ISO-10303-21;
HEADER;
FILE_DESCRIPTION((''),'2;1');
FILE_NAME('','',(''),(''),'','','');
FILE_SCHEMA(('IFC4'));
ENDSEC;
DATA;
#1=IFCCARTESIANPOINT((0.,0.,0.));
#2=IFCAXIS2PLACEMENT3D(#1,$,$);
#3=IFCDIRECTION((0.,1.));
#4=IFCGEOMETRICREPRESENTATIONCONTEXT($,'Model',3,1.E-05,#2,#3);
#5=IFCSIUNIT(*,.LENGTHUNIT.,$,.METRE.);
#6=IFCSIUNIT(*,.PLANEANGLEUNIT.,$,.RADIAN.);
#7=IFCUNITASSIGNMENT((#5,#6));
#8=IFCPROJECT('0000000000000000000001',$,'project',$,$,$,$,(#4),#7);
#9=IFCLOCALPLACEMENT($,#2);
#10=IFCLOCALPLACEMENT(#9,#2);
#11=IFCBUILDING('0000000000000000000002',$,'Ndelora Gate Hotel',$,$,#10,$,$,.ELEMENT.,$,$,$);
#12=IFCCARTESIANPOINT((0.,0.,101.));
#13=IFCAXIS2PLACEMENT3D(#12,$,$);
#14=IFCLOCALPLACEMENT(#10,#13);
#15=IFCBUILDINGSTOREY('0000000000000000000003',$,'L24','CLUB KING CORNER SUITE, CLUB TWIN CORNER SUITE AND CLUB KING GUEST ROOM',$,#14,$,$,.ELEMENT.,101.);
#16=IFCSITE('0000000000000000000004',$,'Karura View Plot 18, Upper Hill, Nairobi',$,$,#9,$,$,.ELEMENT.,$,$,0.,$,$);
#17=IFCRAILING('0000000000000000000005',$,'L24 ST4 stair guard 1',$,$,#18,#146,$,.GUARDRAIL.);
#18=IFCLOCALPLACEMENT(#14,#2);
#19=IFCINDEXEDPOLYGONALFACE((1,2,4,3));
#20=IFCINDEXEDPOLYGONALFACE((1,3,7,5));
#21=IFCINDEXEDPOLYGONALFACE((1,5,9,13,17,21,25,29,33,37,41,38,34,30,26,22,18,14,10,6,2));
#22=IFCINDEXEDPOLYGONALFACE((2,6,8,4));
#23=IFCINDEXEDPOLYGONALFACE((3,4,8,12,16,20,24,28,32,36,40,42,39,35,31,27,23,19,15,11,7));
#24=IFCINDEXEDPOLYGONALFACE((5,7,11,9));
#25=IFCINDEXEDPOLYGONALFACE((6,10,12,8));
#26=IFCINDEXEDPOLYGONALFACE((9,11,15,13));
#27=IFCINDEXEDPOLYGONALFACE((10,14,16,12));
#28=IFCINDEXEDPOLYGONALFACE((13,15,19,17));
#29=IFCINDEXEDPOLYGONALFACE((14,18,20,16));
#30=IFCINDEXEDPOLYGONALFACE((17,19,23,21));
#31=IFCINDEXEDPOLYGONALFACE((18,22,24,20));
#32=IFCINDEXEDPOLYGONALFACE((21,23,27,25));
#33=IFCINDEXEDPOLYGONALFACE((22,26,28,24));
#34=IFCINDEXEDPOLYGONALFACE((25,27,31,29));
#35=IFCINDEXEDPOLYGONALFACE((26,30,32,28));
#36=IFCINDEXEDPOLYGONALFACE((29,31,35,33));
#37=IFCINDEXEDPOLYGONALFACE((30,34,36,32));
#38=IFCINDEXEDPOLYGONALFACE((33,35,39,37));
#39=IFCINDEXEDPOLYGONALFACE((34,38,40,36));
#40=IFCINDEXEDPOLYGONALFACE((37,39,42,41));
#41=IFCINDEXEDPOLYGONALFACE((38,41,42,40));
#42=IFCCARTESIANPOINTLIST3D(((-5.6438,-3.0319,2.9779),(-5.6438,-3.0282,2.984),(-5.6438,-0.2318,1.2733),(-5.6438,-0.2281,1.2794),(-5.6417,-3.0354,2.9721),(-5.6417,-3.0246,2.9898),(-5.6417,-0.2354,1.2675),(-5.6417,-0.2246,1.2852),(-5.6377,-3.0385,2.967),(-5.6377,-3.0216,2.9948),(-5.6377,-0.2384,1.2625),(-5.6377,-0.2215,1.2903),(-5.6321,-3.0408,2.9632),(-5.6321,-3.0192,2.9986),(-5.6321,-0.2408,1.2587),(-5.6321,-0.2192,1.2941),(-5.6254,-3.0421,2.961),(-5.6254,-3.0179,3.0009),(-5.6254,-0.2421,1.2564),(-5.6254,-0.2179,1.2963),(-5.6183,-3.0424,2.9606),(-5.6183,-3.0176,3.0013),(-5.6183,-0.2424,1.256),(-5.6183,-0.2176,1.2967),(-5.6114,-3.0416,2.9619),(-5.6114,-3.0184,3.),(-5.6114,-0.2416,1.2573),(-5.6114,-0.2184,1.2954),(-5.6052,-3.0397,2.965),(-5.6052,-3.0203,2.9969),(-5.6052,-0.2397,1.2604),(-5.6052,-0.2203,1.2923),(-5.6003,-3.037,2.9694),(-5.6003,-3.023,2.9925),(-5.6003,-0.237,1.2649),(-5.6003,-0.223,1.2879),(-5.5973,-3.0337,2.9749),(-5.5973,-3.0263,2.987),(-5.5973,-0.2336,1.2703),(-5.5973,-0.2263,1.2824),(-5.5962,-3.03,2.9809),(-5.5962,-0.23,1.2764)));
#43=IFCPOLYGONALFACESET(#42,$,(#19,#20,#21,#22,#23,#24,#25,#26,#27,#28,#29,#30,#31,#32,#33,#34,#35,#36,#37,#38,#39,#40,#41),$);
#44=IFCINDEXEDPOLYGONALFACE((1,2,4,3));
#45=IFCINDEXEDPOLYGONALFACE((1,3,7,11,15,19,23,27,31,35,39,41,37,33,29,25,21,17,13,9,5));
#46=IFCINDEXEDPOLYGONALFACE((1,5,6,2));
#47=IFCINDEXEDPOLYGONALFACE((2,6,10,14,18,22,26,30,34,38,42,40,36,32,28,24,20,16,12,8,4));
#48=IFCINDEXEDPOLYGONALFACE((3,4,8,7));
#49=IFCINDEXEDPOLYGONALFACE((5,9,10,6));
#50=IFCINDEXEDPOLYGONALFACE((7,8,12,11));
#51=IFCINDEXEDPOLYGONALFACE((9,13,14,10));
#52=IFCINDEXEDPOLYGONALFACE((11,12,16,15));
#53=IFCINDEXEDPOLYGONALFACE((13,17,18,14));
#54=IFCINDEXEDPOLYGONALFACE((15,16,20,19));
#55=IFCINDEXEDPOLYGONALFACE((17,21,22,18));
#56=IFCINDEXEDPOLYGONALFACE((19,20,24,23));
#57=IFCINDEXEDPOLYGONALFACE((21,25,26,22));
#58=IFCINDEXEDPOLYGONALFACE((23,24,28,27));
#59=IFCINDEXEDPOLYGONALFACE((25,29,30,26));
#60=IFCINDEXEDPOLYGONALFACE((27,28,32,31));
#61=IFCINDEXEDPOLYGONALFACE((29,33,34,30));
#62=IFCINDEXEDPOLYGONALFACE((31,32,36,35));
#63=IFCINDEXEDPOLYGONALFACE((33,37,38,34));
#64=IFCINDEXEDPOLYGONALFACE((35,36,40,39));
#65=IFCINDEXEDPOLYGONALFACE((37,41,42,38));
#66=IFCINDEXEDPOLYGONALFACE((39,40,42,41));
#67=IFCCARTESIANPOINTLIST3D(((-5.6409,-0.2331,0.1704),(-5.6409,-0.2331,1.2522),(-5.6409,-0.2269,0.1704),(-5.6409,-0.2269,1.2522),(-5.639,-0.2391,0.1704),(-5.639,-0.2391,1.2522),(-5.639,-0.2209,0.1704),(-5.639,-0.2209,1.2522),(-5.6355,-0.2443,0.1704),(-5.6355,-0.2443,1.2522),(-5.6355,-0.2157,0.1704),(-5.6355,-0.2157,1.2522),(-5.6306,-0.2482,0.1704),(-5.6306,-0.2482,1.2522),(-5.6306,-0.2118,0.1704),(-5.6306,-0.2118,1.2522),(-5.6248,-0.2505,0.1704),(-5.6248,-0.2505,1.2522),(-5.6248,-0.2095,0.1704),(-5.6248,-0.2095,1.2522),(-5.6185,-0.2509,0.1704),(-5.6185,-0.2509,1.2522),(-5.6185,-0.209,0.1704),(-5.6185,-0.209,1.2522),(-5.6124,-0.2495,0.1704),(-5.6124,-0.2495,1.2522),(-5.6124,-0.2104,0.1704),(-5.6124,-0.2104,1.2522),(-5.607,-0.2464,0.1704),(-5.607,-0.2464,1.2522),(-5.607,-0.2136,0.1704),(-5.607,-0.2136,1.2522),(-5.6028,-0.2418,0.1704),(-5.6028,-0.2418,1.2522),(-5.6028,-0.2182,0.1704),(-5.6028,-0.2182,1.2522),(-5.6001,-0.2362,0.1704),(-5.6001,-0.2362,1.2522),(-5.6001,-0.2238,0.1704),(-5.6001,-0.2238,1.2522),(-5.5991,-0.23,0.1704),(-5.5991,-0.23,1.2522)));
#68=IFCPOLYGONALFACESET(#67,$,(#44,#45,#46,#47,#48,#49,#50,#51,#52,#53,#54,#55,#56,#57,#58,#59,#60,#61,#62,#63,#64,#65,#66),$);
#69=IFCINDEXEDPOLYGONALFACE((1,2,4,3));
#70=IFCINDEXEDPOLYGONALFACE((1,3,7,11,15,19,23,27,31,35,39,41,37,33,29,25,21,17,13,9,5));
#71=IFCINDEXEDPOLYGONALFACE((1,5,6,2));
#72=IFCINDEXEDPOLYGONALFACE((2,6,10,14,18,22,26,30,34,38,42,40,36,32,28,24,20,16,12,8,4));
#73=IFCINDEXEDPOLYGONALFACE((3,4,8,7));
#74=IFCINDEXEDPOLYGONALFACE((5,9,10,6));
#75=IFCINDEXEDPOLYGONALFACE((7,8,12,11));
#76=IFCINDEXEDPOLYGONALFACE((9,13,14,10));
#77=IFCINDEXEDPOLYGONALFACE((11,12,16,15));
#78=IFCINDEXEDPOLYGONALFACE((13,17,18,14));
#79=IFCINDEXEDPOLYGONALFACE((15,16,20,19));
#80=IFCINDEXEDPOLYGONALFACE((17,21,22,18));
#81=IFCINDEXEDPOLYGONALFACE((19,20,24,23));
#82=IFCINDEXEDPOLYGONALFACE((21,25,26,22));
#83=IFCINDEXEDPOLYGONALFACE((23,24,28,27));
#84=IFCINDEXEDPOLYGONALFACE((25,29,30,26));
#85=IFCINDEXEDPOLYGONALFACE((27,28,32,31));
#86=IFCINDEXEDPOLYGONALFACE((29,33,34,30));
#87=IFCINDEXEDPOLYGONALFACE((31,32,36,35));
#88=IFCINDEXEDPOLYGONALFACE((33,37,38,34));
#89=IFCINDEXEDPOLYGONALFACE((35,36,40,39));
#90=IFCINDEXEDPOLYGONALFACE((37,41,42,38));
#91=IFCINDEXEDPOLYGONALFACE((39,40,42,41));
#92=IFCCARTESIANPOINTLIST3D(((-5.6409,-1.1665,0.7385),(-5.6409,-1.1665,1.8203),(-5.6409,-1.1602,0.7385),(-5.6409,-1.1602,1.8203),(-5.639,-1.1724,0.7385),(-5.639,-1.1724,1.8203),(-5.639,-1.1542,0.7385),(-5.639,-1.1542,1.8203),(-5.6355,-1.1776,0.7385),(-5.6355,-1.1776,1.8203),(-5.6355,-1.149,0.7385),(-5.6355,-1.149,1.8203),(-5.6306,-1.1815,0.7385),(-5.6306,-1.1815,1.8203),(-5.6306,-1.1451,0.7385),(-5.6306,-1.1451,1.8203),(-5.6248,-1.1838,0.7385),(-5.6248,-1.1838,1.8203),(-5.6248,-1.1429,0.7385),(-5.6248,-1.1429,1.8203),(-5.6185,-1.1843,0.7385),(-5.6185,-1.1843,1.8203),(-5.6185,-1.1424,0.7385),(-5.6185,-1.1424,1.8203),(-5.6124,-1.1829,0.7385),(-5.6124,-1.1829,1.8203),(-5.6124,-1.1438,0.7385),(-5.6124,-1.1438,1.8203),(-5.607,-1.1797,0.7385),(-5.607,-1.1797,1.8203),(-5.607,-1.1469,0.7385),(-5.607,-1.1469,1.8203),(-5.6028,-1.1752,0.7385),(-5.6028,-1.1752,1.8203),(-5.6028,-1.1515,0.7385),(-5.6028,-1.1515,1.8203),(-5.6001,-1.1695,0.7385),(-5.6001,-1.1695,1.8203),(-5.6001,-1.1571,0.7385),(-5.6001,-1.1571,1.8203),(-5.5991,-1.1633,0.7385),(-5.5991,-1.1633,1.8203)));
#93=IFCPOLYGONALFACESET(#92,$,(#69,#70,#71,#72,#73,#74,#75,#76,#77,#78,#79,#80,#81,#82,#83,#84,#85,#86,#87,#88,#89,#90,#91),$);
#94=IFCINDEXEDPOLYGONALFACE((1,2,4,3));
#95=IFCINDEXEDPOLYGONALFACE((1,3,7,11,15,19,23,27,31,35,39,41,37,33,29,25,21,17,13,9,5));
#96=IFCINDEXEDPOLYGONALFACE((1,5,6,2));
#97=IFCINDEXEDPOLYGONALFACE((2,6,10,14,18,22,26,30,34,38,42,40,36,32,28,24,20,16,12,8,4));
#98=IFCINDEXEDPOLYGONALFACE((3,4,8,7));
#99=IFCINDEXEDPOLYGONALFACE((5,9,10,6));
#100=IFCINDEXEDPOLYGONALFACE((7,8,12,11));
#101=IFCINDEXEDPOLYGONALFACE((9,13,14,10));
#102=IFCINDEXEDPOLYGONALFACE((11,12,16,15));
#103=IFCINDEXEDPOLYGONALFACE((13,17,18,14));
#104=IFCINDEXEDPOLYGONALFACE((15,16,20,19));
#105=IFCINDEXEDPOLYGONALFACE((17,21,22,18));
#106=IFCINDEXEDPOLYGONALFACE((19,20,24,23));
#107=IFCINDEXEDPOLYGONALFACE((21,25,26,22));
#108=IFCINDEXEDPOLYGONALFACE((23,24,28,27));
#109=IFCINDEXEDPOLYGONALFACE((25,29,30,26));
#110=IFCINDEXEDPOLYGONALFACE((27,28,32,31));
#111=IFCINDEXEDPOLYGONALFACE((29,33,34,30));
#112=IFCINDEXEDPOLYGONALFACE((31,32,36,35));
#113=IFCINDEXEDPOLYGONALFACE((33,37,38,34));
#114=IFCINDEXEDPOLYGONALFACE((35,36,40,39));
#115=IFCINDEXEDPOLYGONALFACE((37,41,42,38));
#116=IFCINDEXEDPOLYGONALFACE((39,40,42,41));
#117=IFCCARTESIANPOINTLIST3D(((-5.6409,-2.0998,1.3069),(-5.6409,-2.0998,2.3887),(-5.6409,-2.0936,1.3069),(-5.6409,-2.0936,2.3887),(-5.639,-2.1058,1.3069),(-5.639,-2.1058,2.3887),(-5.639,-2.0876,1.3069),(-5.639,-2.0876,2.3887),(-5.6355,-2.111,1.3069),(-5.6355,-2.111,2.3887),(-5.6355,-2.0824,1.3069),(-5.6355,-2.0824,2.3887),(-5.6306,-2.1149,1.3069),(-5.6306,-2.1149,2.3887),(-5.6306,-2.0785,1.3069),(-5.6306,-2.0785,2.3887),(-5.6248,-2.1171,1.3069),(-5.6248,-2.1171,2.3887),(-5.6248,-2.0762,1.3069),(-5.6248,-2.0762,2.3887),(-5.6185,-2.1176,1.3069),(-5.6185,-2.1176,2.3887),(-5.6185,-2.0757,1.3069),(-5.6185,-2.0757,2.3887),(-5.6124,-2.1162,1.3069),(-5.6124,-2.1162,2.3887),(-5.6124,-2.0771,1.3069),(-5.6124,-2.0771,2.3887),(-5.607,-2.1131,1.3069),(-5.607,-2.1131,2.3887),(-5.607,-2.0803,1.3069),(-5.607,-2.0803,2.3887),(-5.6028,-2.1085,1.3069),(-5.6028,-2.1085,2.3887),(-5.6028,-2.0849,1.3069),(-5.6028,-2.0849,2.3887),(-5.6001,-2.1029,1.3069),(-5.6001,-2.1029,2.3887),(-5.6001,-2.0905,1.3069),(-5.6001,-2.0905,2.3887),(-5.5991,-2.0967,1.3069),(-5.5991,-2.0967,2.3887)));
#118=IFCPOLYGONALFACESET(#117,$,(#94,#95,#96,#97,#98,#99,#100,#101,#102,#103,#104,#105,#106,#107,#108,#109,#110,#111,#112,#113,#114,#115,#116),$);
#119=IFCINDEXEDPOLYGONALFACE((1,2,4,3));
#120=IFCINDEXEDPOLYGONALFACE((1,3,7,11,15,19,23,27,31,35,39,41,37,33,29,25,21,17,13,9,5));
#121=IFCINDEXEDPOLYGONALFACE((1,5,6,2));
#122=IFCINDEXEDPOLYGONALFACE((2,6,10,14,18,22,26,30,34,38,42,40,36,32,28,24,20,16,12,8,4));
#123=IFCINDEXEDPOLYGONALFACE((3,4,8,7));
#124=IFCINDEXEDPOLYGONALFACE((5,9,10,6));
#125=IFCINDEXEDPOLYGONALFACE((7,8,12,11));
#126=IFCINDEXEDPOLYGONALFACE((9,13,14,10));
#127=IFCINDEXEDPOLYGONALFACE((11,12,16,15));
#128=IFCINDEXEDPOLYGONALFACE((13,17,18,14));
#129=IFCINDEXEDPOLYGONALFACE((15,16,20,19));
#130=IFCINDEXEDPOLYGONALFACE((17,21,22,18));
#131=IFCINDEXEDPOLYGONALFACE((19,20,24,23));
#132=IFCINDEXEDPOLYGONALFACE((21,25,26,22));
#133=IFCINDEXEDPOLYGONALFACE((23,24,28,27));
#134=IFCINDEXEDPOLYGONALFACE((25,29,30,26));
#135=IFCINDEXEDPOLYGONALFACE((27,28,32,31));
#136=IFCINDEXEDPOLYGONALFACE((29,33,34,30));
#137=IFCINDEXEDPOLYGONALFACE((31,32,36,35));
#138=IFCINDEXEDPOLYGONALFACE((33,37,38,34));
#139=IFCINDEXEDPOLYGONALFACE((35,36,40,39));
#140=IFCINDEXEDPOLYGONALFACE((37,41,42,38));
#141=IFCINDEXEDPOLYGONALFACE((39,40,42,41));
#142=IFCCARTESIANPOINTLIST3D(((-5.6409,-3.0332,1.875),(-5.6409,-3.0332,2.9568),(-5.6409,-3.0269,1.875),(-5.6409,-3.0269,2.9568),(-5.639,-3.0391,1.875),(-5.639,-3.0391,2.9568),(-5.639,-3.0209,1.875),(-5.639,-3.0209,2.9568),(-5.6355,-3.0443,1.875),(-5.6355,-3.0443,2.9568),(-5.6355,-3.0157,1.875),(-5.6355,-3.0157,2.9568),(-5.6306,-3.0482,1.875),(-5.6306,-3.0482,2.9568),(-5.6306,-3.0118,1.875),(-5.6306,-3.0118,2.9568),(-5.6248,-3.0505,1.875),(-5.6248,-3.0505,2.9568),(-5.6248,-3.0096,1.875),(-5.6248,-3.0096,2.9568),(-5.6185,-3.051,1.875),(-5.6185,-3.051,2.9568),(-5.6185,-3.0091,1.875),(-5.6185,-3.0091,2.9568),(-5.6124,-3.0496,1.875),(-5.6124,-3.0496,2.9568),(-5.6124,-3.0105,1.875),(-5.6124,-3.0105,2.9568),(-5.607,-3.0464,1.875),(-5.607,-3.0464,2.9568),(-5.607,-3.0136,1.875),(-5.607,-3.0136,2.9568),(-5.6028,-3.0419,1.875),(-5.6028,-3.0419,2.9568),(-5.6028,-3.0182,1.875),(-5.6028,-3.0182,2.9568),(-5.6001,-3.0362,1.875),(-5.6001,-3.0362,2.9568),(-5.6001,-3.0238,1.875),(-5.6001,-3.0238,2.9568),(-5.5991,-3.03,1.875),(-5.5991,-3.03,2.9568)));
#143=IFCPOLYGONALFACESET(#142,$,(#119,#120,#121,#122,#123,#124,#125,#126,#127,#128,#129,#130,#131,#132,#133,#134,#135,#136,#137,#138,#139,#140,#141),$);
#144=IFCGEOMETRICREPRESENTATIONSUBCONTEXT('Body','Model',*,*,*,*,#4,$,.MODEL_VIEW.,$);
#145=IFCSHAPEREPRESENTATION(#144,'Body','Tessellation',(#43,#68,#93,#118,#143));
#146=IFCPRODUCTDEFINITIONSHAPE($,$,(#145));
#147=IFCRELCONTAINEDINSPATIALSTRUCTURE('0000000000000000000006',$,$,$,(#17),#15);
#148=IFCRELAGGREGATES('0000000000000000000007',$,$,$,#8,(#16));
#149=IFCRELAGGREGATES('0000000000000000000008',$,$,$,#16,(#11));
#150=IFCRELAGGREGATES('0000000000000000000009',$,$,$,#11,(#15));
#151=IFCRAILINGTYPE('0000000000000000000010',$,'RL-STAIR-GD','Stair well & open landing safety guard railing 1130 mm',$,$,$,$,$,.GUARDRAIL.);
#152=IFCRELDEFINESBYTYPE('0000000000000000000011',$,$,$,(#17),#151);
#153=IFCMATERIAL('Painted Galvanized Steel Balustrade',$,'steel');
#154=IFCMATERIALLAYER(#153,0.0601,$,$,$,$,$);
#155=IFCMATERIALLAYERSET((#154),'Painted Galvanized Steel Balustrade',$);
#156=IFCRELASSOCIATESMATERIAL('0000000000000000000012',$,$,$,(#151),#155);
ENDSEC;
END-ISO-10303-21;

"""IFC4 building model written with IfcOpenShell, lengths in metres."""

from ifc_helpers import new_model, si_unit, direction, frame, origin, origin_2d, place, context, subcontext, project, spatial, circle, extrude, material, layer, layer_set, type_object, element, save


model = new_model("IFC4")

# Units and contexts
model_context = context("Model", 3, precision=1e-05, world=origin(), true_north=direction((0.0, 1.0)))
body_context = subcontext(model_context, "Body", "Model", "MODEL_VIEW")
ifc_project = project(units=[si_unit("LENGTHUNIT", "METRE"), si_unit("PLANEANGLEUNIT", "RADIAN")], contexts=[model_context])

# Site, building, storey
site_placement = place(None, origin())
site = spatial("IfcSite", under=ifc_project, at=site_placement, Name="Karura View Plot 18, Upper Hill, Nairobi", CompositionType="ELEMENT", RefElevation=0.0)
building_placement = place(site_placement, origin())
building = spatial("IfcBuilding", under=site, at=building_placement, Name="Ndelora Gate Hotel", CompositionType="ELEMENT")
storey_placement = place(building_placement, frame((0.0, 0.0, 101.0)))
storey = spatial("IfcBuildingStorey", under=building, at=storey_placement, Name="L24", Description="CLUB KING CORNER SUITE, CLUB TWIN CORNER SUITE AND CLUB KING GUEST ROOM", CompositionType="ELEMENT", Elevation=101.0)

# Railing
ifc_material_1 = material(Name="Painted Galvanized Steel Balustrade", Category="steel")
ifc_layer_1 = layer(ifc_material_1, 0.0601)
ifc_layer_set_1 = layer_set([ifc_layer_1], Name="Painted Galvanized Steel Balustrade")
railing_type_1 = type_object("IfcRailingType", Name="RL-STAIR-GD", Description="Stair well & open landing safety guard railing 1130 mm", PredefinedType="GUARDRAIL", material=ifc_layer_set_1)
railing_1_placement = place(storey_placement, frame((-5.6201, -0.23, 0.1704)))
element("IfcRailing", 1, at=railing_1_placement, inside=storey, type_object=railing_type_1, Name="L24 ST4 stair guard 1", PredefinedType="GUARDRAIL", context=body_context, shape_type="SweptSolid", body=[
    extrude(circle(Radius=0.0239, at=origin_2d()), frame((0.0, 0.0, 1.106), z_axis=(0.0, -0.85417, 0.519994), x_axis=(1.0, 0.0, 0.0)), (0.0, 0.0, 1.0), 3.2781),
    extrude(circle(Radius=0.021, at=origin_2d()), origin(), (0.0, 0.0, 1.0), 1.0818),
    extrude(circle(Radius=0.021, at=origin_2d()), frame((0.0, -0.9333, 0.5681)), (0.0, 0.0, 1.0), 1.0818),
    extrude(circle(Radius=0.021, at=origin_2d()), frame((0.0, -1.8667, 1.1365)), (0.0, 0.0, 1.0), 1.0818),
    extrude(circle(Radius=0.021, at=origin_2d()), frame((0.0, -2.8, 1.7046)), (0.0, 0.0, 1.0), 1.0818),
])

save(model, "model.ifc")
